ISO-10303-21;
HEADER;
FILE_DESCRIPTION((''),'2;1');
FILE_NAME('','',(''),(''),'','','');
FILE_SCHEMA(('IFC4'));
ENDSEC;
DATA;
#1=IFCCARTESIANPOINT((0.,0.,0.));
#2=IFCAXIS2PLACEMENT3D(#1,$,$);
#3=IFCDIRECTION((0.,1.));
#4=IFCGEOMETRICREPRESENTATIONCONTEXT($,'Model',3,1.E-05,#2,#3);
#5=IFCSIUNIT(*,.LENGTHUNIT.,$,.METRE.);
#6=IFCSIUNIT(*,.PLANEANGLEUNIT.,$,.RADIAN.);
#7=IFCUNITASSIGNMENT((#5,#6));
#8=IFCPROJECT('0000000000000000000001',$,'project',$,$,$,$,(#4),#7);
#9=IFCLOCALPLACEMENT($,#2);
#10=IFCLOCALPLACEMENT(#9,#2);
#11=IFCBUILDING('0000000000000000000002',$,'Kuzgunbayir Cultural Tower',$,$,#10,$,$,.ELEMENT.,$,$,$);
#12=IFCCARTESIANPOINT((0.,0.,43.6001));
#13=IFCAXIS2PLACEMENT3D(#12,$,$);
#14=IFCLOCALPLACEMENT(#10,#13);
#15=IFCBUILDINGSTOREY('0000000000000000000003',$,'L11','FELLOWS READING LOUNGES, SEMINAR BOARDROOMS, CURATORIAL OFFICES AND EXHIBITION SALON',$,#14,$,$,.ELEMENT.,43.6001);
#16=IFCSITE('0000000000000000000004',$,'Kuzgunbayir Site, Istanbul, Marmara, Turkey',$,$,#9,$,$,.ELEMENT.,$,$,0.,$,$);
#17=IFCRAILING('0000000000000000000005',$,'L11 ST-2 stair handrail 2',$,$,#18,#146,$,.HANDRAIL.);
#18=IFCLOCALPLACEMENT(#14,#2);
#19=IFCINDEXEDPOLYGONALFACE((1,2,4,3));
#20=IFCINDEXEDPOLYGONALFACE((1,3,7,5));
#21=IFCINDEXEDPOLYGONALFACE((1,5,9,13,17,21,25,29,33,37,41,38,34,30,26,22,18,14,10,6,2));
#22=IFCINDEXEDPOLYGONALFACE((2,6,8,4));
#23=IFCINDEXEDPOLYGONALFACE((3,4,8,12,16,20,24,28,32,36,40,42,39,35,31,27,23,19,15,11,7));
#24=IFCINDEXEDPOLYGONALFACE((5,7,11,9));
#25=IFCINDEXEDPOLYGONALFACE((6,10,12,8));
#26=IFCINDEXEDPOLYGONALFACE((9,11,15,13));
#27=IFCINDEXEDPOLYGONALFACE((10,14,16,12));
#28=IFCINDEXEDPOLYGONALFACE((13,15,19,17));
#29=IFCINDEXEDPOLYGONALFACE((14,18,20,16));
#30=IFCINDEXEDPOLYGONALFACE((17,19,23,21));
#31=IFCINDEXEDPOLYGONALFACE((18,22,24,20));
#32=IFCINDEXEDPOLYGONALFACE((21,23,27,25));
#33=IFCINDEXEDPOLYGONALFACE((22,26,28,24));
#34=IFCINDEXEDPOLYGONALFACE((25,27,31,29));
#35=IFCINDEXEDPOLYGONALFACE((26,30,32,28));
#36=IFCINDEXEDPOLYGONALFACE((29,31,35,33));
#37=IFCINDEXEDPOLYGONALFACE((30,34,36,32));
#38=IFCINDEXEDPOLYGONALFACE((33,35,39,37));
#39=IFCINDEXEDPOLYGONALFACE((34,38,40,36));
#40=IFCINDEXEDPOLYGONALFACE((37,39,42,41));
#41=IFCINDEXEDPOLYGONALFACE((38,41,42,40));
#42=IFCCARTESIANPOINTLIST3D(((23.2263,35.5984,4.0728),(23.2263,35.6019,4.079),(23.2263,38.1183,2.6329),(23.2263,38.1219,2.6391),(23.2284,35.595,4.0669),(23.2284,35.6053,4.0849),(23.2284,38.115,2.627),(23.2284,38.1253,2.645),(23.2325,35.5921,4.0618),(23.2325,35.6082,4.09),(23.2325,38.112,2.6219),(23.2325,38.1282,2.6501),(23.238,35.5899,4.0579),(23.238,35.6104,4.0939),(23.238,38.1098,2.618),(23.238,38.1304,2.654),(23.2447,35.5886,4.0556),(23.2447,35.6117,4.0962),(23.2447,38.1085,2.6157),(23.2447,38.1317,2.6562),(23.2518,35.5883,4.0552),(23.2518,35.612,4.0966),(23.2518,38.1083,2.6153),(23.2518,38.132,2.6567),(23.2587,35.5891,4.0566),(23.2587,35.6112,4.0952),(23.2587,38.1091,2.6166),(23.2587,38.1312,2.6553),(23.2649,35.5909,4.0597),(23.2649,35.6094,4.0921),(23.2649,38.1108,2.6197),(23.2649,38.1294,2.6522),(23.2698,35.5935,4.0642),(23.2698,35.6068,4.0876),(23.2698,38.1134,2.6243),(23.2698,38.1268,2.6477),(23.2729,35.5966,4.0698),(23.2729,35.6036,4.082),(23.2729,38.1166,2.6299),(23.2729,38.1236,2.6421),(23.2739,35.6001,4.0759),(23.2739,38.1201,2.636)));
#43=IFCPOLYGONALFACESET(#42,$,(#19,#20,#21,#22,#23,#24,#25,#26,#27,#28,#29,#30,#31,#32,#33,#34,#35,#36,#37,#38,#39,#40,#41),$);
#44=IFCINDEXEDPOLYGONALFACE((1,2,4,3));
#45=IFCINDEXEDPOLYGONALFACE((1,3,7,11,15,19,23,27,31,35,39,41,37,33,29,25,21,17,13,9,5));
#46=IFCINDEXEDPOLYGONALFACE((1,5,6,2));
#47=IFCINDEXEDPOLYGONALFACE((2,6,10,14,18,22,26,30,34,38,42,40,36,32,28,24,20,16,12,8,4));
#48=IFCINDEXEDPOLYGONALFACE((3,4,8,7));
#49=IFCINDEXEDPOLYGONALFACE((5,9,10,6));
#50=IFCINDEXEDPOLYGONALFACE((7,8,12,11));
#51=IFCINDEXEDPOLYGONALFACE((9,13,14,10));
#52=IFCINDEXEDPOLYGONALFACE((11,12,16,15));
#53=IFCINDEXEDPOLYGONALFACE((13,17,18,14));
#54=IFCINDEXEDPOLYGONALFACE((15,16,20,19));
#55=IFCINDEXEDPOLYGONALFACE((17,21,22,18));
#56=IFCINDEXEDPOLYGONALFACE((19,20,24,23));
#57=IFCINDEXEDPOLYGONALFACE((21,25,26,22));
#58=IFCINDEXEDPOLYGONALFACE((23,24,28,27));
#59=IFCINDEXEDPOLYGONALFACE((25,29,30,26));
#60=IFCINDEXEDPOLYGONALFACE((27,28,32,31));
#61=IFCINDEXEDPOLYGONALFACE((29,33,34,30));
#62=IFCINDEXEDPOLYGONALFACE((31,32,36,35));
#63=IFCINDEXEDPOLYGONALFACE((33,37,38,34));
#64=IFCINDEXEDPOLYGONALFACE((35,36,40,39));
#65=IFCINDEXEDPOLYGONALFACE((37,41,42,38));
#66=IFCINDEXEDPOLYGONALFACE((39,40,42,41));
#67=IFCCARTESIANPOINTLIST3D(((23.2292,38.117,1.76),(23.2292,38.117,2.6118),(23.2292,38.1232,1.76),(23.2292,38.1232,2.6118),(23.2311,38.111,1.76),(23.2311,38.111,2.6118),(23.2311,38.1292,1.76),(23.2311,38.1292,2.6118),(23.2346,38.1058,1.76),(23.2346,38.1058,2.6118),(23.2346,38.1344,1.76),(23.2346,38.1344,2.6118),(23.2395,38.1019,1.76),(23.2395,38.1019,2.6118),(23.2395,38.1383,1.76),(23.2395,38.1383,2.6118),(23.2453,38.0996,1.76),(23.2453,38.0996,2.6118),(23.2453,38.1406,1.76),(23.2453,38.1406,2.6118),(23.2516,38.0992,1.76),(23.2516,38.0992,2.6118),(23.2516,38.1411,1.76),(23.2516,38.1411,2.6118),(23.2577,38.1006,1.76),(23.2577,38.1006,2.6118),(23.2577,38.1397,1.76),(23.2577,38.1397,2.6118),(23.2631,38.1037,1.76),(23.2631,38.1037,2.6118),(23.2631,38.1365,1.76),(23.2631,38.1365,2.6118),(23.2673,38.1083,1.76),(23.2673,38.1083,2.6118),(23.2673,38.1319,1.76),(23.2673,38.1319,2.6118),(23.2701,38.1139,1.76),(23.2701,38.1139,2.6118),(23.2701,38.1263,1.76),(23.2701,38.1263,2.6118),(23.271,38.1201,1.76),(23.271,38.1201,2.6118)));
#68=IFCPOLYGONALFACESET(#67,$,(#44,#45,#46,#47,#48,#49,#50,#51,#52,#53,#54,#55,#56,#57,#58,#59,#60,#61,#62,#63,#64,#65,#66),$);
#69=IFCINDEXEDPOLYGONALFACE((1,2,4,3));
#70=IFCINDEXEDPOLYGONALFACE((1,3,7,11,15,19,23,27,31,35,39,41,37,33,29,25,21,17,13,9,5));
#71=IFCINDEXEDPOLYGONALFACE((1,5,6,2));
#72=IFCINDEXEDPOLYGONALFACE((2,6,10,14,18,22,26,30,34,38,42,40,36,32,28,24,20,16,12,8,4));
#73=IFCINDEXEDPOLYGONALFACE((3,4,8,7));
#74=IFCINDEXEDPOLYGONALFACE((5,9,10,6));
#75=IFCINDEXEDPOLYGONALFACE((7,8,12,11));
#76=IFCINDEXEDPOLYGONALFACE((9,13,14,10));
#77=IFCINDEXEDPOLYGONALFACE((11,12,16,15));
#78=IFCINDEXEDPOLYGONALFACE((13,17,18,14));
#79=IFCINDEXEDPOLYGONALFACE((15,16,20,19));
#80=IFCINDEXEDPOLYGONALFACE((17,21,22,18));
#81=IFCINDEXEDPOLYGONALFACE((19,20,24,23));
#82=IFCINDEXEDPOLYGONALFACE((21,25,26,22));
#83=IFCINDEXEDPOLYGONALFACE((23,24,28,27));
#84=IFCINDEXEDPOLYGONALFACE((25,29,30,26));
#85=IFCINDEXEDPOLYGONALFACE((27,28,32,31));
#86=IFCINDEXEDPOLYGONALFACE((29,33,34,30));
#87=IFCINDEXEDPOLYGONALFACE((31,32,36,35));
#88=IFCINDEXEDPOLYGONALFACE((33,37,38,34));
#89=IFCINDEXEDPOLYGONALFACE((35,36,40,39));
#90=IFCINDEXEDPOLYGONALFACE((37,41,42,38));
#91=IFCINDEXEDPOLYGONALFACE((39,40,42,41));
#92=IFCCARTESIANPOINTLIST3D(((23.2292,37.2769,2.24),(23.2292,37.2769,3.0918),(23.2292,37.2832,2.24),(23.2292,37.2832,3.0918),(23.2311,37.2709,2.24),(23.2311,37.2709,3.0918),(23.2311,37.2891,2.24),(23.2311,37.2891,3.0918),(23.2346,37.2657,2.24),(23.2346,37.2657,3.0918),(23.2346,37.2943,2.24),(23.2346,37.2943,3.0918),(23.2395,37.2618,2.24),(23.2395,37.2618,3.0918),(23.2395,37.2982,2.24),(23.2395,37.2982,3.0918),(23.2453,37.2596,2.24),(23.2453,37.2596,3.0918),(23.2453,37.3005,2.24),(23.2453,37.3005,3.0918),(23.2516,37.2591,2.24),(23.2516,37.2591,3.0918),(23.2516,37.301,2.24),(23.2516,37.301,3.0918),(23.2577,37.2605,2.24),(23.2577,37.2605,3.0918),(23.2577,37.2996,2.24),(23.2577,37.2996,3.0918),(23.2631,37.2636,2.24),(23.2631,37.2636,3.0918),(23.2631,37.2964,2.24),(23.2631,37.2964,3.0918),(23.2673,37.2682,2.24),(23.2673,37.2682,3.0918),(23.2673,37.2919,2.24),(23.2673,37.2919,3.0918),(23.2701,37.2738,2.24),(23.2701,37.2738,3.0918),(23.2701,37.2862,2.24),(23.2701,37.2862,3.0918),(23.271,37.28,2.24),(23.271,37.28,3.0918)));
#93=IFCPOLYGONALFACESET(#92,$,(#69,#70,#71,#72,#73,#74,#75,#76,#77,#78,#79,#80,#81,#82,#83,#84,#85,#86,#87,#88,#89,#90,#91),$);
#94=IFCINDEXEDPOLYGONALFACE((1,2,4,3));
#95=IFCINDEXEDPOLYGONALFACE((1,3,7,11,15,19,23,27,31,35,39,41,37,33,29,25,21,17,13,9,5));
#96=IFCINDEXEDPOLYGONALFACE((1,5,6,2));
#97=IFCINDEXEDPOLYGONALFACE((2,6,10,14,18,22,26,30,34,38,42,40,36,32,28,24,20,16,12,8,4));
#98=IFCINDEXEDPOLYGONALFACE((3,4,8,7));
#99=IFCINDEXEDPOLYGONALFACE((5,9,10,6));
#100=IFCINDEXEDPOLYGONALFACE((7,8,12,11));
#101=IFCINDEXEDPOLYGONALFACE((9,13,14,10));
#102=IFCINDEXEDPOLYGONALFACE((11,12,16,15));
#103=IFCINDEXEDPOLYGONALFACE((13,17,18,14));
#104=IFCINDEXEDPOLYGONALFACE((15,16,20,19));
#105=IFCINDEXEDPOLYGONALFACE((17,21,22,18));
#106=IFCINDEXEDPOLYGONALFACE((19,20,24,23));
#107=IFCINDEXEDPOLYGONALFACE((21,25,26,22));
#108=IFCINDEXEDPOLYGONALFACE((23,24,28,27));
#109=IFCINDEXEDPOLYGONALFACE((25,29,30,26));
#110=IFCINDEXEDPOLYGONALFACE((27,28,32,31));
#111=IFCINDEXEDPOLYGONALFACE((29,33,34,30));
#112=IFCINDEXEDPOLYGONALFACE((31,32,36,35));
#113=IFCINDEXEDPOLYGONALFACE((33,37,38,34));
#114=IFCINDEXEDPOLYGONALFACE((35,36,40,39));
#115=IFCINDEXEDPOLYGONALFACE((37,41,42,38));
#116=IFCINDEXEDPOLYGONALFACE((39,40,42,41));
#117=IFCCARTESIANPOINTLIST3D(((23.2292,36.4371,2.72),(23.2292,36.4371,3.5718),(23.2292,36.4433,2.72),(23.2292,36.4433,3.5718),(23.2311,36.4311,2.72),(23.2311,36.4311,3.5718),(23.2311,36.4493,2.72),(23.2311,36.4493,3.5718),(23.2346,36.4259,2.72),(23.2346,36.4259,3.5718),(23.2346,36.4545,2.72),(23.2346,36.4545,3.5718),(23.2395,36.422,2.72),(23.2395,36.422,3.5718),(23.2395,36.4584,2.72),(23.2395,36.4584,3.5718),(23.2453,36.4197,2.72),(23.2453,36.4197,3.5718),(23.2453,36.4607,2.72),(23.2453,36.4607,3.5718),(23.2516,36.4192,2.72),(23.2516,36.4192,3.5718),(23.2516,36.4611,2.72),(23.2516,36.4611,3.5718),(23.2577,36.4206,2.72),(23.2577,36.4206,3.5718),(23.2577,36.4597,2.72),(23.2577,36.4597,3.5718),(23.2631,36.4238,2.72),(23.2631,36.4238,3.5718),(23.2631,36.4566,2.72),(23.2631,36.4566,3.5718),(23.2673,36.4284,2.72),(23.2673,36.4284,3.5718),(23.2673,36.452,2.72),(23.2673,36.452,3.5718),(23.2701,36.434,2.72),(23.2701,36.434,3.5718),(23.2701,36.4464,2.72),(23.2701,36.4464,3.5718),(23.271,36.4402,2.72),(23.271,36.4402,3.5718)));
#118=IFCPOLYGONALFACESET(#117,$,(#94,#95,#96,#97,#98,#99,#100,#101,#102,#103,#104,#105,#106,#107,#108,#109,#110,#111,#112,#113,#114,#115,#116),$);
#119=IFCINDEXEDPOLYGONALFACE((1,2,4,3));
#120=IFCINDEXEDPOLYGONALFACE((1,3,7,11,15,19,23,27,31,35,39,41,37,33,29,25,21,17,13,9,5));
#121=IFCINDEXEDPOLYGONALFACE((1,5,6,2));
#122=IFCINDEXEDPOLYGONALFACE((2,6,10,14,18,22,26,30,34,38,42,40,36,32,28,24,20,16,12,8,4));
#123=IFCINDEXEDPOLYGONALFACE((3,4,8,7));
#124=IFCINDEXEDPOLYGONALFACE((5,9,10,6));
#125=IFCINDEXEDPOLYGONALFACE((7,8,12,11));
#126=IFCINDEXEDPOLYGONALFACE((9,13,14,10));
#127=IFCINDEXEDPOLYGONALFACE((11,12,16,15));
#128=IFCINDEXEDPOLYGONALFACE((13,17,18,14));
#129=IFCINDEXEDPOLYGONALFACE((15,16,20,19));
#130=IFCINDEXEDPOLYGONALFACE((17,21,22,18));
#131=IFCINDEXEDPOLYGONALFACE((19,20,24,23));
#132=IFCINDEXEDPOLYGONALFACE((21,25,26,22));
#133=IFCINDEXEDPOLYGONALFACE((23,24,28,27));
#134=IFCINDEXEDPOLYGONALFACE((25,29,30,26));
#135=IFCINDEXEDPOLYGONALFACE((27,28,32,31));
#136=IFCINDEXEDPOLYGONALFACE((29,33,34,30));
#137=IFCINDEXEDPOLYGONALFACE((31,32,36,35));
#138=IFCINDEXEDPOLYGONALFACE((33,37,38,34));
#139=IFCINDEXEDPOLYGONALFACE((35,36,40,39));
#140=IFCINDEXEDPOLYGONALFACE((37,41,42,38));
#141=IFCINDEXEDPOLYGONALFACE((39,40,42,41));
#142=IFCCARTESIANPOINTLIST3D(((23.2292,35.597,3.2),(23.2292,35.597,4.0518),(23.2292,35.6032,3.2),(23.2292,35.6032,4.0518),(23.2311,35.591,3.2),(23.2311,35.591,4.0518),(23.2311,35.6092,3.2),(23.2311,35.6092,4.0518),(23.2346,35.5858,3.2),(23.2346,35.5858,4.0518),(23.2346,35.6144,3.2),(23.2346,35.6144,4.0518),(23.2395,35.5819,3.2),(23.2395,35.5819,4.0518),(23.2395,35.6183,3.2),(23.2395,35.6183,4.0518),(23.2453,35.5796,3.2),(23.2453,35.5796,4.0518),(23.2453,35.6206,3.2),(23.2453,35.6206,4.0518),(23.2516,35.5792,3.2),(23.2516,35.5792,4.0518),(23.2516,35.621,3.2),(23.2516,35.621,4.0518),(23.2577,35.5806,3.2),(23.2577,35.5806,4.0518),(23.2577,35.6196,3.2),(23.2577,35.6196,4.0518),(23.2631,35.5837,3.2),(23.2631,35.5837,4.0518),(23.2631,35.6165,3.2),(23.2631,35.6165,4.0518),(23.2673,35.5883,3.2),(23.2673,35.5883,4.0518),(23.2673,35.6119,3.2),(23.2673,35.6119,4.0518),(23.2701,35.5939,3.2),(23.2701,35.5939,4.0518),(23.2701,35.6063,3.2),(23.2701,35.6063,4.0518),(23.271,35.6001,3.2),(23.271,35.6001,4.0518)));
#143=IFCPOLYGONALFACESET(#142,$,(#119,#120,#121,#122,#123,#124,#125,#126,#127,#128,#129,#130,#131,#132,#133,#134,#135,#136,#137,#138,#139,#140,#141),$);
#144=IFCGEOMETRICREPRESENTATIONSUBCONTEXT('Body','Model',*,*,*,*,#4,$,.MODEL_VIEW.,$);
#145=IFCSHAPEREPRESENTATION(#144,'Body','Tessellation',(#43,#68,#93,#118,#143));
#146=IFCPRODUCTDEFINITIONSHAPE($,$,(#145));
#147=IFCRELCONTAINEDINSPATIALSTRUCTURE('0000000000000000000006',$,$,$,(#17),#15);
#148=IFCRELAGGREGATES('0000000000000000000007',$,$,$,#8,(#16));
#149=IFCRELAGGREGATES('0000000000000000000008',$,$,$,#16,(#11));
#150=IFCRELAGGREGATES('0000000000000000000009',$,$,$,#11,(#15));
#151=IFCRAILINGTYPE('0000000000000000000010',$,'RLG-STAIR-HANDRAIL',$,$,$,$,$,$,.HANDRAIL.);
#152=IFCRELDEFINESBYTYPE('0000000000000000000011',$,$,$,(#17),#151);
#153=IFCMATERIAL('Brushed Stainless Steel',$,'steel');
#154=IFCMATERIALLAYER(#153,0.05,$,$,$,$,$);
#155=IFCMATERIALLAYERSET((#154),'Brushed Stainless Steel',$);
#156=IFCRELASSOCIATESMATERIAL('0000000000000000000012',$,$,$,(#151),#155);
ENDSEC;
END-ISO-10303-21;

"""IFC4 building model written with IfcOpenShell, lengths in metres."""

from ifc_helpers import new_model, si_unit, direction, frame, origin, origin_2d, place, context, subcontext, project, spatial, circle, extrude, material, layer, layer_set, type_object, element, save


model = new_model("IFC4")

# Units and contexts
model_context = context("Model", 3, precision=1e-05, world=origin(), true_north=direction((0.0, 1.0)))
body_context = subcontext(model_context, "Body", "Model", "MODEL_VIEW")
ifc_project = project(units=[si_unit("LENGTHUNIT", "METRE"), si_unit("PLANEANGLEUNIT", "RADIAN")], contexts=[model_context])

# Site, building, storey
site_placement = place(None, origin())
site = spatial("IfcSite", under=ifc_project, at=site_placement, Name="Kuzgunbayir Site, Istanbul, Marmara, Turkey", CompositionType="ELEMENT", RefElevation=0.0)
building_placement = place(site_placement, origin())
building = spatial("IfcBuilding", under=site, at=building_placement, Name="Kuzgunbayir Cultural Tower", CompositionType="ELEMENT")
storey_placement = place(building_placement, frame((0.0, 0.0, 43.6001)))
storey = spatial("IfcBuildingStorey", under=building, at=storey_placement, Name="L11", Description="FELLOWS READING LOUNGES, SEMINAR BOARDROOMS, CURATORIAL OFFICES AND EXHIBITION SALON", CompositionType="ELEMENT", Elevation=43.6001)

# Railing
ifc_material_1 = material(Name="Brushed Stainless Steel", Category="steel")
ifc_layer_1 = layer(ifc_material_1, 0.05)
ifc_layer_set_1 = layer_set([ifc_layer_1], Name="Brushed Stainless Steel")
railing_type_1 = type_object("IfcRailingType", Name="RLG-STAIR-HANDRAIL", PredefinedType="HANDRAIL", material=ifc_layer_set_1)
railing_1_placement = place(storey_placement, frame((23.25, 38.1201, 1.76)))
element("IfcRailing", 1, at=railing_1_placement, inside=storey, type_object=railing_type_1, Name="L11 ST-2 stair handrail 2", PredefinedType="HANDRAIL", context=body_context, shape_type="SweptSolid", body=[
    extrude(circle(Radius=0.0239, at=origin_2d()), frame((0.0, 0.0, 0.876), z_axis=(0.0, -0.868253, 0.496121), x_axis=(1.0, 0.0, 0.0)), (0.0, 0.0, 1.0), 2.9023),
    extrude(circle(Radius=0.021, at=origin_2d()), origin(), (0.0, 0.0, 1.0), 0.8518),
    extrude(circle(Radius=0.021, at=origin_2d()), frame((0.0, -0.8401, 0.48)), (0.0, 0.0, 1.0), 0.8518),
    extrude(circle(Radius=0.021, at=origin_2d()), frame((0.0, -1.6799, 0.96)), (0.0, 0.0, 1.0), 0.8518),
    extrude(circle(Radius=0.021, at=origin_2d()), frame((0.0, -2.52, 1.4399)), (0.0, 0.0, 1.0), 0.8518),
])

save(model, "model.ifc")
